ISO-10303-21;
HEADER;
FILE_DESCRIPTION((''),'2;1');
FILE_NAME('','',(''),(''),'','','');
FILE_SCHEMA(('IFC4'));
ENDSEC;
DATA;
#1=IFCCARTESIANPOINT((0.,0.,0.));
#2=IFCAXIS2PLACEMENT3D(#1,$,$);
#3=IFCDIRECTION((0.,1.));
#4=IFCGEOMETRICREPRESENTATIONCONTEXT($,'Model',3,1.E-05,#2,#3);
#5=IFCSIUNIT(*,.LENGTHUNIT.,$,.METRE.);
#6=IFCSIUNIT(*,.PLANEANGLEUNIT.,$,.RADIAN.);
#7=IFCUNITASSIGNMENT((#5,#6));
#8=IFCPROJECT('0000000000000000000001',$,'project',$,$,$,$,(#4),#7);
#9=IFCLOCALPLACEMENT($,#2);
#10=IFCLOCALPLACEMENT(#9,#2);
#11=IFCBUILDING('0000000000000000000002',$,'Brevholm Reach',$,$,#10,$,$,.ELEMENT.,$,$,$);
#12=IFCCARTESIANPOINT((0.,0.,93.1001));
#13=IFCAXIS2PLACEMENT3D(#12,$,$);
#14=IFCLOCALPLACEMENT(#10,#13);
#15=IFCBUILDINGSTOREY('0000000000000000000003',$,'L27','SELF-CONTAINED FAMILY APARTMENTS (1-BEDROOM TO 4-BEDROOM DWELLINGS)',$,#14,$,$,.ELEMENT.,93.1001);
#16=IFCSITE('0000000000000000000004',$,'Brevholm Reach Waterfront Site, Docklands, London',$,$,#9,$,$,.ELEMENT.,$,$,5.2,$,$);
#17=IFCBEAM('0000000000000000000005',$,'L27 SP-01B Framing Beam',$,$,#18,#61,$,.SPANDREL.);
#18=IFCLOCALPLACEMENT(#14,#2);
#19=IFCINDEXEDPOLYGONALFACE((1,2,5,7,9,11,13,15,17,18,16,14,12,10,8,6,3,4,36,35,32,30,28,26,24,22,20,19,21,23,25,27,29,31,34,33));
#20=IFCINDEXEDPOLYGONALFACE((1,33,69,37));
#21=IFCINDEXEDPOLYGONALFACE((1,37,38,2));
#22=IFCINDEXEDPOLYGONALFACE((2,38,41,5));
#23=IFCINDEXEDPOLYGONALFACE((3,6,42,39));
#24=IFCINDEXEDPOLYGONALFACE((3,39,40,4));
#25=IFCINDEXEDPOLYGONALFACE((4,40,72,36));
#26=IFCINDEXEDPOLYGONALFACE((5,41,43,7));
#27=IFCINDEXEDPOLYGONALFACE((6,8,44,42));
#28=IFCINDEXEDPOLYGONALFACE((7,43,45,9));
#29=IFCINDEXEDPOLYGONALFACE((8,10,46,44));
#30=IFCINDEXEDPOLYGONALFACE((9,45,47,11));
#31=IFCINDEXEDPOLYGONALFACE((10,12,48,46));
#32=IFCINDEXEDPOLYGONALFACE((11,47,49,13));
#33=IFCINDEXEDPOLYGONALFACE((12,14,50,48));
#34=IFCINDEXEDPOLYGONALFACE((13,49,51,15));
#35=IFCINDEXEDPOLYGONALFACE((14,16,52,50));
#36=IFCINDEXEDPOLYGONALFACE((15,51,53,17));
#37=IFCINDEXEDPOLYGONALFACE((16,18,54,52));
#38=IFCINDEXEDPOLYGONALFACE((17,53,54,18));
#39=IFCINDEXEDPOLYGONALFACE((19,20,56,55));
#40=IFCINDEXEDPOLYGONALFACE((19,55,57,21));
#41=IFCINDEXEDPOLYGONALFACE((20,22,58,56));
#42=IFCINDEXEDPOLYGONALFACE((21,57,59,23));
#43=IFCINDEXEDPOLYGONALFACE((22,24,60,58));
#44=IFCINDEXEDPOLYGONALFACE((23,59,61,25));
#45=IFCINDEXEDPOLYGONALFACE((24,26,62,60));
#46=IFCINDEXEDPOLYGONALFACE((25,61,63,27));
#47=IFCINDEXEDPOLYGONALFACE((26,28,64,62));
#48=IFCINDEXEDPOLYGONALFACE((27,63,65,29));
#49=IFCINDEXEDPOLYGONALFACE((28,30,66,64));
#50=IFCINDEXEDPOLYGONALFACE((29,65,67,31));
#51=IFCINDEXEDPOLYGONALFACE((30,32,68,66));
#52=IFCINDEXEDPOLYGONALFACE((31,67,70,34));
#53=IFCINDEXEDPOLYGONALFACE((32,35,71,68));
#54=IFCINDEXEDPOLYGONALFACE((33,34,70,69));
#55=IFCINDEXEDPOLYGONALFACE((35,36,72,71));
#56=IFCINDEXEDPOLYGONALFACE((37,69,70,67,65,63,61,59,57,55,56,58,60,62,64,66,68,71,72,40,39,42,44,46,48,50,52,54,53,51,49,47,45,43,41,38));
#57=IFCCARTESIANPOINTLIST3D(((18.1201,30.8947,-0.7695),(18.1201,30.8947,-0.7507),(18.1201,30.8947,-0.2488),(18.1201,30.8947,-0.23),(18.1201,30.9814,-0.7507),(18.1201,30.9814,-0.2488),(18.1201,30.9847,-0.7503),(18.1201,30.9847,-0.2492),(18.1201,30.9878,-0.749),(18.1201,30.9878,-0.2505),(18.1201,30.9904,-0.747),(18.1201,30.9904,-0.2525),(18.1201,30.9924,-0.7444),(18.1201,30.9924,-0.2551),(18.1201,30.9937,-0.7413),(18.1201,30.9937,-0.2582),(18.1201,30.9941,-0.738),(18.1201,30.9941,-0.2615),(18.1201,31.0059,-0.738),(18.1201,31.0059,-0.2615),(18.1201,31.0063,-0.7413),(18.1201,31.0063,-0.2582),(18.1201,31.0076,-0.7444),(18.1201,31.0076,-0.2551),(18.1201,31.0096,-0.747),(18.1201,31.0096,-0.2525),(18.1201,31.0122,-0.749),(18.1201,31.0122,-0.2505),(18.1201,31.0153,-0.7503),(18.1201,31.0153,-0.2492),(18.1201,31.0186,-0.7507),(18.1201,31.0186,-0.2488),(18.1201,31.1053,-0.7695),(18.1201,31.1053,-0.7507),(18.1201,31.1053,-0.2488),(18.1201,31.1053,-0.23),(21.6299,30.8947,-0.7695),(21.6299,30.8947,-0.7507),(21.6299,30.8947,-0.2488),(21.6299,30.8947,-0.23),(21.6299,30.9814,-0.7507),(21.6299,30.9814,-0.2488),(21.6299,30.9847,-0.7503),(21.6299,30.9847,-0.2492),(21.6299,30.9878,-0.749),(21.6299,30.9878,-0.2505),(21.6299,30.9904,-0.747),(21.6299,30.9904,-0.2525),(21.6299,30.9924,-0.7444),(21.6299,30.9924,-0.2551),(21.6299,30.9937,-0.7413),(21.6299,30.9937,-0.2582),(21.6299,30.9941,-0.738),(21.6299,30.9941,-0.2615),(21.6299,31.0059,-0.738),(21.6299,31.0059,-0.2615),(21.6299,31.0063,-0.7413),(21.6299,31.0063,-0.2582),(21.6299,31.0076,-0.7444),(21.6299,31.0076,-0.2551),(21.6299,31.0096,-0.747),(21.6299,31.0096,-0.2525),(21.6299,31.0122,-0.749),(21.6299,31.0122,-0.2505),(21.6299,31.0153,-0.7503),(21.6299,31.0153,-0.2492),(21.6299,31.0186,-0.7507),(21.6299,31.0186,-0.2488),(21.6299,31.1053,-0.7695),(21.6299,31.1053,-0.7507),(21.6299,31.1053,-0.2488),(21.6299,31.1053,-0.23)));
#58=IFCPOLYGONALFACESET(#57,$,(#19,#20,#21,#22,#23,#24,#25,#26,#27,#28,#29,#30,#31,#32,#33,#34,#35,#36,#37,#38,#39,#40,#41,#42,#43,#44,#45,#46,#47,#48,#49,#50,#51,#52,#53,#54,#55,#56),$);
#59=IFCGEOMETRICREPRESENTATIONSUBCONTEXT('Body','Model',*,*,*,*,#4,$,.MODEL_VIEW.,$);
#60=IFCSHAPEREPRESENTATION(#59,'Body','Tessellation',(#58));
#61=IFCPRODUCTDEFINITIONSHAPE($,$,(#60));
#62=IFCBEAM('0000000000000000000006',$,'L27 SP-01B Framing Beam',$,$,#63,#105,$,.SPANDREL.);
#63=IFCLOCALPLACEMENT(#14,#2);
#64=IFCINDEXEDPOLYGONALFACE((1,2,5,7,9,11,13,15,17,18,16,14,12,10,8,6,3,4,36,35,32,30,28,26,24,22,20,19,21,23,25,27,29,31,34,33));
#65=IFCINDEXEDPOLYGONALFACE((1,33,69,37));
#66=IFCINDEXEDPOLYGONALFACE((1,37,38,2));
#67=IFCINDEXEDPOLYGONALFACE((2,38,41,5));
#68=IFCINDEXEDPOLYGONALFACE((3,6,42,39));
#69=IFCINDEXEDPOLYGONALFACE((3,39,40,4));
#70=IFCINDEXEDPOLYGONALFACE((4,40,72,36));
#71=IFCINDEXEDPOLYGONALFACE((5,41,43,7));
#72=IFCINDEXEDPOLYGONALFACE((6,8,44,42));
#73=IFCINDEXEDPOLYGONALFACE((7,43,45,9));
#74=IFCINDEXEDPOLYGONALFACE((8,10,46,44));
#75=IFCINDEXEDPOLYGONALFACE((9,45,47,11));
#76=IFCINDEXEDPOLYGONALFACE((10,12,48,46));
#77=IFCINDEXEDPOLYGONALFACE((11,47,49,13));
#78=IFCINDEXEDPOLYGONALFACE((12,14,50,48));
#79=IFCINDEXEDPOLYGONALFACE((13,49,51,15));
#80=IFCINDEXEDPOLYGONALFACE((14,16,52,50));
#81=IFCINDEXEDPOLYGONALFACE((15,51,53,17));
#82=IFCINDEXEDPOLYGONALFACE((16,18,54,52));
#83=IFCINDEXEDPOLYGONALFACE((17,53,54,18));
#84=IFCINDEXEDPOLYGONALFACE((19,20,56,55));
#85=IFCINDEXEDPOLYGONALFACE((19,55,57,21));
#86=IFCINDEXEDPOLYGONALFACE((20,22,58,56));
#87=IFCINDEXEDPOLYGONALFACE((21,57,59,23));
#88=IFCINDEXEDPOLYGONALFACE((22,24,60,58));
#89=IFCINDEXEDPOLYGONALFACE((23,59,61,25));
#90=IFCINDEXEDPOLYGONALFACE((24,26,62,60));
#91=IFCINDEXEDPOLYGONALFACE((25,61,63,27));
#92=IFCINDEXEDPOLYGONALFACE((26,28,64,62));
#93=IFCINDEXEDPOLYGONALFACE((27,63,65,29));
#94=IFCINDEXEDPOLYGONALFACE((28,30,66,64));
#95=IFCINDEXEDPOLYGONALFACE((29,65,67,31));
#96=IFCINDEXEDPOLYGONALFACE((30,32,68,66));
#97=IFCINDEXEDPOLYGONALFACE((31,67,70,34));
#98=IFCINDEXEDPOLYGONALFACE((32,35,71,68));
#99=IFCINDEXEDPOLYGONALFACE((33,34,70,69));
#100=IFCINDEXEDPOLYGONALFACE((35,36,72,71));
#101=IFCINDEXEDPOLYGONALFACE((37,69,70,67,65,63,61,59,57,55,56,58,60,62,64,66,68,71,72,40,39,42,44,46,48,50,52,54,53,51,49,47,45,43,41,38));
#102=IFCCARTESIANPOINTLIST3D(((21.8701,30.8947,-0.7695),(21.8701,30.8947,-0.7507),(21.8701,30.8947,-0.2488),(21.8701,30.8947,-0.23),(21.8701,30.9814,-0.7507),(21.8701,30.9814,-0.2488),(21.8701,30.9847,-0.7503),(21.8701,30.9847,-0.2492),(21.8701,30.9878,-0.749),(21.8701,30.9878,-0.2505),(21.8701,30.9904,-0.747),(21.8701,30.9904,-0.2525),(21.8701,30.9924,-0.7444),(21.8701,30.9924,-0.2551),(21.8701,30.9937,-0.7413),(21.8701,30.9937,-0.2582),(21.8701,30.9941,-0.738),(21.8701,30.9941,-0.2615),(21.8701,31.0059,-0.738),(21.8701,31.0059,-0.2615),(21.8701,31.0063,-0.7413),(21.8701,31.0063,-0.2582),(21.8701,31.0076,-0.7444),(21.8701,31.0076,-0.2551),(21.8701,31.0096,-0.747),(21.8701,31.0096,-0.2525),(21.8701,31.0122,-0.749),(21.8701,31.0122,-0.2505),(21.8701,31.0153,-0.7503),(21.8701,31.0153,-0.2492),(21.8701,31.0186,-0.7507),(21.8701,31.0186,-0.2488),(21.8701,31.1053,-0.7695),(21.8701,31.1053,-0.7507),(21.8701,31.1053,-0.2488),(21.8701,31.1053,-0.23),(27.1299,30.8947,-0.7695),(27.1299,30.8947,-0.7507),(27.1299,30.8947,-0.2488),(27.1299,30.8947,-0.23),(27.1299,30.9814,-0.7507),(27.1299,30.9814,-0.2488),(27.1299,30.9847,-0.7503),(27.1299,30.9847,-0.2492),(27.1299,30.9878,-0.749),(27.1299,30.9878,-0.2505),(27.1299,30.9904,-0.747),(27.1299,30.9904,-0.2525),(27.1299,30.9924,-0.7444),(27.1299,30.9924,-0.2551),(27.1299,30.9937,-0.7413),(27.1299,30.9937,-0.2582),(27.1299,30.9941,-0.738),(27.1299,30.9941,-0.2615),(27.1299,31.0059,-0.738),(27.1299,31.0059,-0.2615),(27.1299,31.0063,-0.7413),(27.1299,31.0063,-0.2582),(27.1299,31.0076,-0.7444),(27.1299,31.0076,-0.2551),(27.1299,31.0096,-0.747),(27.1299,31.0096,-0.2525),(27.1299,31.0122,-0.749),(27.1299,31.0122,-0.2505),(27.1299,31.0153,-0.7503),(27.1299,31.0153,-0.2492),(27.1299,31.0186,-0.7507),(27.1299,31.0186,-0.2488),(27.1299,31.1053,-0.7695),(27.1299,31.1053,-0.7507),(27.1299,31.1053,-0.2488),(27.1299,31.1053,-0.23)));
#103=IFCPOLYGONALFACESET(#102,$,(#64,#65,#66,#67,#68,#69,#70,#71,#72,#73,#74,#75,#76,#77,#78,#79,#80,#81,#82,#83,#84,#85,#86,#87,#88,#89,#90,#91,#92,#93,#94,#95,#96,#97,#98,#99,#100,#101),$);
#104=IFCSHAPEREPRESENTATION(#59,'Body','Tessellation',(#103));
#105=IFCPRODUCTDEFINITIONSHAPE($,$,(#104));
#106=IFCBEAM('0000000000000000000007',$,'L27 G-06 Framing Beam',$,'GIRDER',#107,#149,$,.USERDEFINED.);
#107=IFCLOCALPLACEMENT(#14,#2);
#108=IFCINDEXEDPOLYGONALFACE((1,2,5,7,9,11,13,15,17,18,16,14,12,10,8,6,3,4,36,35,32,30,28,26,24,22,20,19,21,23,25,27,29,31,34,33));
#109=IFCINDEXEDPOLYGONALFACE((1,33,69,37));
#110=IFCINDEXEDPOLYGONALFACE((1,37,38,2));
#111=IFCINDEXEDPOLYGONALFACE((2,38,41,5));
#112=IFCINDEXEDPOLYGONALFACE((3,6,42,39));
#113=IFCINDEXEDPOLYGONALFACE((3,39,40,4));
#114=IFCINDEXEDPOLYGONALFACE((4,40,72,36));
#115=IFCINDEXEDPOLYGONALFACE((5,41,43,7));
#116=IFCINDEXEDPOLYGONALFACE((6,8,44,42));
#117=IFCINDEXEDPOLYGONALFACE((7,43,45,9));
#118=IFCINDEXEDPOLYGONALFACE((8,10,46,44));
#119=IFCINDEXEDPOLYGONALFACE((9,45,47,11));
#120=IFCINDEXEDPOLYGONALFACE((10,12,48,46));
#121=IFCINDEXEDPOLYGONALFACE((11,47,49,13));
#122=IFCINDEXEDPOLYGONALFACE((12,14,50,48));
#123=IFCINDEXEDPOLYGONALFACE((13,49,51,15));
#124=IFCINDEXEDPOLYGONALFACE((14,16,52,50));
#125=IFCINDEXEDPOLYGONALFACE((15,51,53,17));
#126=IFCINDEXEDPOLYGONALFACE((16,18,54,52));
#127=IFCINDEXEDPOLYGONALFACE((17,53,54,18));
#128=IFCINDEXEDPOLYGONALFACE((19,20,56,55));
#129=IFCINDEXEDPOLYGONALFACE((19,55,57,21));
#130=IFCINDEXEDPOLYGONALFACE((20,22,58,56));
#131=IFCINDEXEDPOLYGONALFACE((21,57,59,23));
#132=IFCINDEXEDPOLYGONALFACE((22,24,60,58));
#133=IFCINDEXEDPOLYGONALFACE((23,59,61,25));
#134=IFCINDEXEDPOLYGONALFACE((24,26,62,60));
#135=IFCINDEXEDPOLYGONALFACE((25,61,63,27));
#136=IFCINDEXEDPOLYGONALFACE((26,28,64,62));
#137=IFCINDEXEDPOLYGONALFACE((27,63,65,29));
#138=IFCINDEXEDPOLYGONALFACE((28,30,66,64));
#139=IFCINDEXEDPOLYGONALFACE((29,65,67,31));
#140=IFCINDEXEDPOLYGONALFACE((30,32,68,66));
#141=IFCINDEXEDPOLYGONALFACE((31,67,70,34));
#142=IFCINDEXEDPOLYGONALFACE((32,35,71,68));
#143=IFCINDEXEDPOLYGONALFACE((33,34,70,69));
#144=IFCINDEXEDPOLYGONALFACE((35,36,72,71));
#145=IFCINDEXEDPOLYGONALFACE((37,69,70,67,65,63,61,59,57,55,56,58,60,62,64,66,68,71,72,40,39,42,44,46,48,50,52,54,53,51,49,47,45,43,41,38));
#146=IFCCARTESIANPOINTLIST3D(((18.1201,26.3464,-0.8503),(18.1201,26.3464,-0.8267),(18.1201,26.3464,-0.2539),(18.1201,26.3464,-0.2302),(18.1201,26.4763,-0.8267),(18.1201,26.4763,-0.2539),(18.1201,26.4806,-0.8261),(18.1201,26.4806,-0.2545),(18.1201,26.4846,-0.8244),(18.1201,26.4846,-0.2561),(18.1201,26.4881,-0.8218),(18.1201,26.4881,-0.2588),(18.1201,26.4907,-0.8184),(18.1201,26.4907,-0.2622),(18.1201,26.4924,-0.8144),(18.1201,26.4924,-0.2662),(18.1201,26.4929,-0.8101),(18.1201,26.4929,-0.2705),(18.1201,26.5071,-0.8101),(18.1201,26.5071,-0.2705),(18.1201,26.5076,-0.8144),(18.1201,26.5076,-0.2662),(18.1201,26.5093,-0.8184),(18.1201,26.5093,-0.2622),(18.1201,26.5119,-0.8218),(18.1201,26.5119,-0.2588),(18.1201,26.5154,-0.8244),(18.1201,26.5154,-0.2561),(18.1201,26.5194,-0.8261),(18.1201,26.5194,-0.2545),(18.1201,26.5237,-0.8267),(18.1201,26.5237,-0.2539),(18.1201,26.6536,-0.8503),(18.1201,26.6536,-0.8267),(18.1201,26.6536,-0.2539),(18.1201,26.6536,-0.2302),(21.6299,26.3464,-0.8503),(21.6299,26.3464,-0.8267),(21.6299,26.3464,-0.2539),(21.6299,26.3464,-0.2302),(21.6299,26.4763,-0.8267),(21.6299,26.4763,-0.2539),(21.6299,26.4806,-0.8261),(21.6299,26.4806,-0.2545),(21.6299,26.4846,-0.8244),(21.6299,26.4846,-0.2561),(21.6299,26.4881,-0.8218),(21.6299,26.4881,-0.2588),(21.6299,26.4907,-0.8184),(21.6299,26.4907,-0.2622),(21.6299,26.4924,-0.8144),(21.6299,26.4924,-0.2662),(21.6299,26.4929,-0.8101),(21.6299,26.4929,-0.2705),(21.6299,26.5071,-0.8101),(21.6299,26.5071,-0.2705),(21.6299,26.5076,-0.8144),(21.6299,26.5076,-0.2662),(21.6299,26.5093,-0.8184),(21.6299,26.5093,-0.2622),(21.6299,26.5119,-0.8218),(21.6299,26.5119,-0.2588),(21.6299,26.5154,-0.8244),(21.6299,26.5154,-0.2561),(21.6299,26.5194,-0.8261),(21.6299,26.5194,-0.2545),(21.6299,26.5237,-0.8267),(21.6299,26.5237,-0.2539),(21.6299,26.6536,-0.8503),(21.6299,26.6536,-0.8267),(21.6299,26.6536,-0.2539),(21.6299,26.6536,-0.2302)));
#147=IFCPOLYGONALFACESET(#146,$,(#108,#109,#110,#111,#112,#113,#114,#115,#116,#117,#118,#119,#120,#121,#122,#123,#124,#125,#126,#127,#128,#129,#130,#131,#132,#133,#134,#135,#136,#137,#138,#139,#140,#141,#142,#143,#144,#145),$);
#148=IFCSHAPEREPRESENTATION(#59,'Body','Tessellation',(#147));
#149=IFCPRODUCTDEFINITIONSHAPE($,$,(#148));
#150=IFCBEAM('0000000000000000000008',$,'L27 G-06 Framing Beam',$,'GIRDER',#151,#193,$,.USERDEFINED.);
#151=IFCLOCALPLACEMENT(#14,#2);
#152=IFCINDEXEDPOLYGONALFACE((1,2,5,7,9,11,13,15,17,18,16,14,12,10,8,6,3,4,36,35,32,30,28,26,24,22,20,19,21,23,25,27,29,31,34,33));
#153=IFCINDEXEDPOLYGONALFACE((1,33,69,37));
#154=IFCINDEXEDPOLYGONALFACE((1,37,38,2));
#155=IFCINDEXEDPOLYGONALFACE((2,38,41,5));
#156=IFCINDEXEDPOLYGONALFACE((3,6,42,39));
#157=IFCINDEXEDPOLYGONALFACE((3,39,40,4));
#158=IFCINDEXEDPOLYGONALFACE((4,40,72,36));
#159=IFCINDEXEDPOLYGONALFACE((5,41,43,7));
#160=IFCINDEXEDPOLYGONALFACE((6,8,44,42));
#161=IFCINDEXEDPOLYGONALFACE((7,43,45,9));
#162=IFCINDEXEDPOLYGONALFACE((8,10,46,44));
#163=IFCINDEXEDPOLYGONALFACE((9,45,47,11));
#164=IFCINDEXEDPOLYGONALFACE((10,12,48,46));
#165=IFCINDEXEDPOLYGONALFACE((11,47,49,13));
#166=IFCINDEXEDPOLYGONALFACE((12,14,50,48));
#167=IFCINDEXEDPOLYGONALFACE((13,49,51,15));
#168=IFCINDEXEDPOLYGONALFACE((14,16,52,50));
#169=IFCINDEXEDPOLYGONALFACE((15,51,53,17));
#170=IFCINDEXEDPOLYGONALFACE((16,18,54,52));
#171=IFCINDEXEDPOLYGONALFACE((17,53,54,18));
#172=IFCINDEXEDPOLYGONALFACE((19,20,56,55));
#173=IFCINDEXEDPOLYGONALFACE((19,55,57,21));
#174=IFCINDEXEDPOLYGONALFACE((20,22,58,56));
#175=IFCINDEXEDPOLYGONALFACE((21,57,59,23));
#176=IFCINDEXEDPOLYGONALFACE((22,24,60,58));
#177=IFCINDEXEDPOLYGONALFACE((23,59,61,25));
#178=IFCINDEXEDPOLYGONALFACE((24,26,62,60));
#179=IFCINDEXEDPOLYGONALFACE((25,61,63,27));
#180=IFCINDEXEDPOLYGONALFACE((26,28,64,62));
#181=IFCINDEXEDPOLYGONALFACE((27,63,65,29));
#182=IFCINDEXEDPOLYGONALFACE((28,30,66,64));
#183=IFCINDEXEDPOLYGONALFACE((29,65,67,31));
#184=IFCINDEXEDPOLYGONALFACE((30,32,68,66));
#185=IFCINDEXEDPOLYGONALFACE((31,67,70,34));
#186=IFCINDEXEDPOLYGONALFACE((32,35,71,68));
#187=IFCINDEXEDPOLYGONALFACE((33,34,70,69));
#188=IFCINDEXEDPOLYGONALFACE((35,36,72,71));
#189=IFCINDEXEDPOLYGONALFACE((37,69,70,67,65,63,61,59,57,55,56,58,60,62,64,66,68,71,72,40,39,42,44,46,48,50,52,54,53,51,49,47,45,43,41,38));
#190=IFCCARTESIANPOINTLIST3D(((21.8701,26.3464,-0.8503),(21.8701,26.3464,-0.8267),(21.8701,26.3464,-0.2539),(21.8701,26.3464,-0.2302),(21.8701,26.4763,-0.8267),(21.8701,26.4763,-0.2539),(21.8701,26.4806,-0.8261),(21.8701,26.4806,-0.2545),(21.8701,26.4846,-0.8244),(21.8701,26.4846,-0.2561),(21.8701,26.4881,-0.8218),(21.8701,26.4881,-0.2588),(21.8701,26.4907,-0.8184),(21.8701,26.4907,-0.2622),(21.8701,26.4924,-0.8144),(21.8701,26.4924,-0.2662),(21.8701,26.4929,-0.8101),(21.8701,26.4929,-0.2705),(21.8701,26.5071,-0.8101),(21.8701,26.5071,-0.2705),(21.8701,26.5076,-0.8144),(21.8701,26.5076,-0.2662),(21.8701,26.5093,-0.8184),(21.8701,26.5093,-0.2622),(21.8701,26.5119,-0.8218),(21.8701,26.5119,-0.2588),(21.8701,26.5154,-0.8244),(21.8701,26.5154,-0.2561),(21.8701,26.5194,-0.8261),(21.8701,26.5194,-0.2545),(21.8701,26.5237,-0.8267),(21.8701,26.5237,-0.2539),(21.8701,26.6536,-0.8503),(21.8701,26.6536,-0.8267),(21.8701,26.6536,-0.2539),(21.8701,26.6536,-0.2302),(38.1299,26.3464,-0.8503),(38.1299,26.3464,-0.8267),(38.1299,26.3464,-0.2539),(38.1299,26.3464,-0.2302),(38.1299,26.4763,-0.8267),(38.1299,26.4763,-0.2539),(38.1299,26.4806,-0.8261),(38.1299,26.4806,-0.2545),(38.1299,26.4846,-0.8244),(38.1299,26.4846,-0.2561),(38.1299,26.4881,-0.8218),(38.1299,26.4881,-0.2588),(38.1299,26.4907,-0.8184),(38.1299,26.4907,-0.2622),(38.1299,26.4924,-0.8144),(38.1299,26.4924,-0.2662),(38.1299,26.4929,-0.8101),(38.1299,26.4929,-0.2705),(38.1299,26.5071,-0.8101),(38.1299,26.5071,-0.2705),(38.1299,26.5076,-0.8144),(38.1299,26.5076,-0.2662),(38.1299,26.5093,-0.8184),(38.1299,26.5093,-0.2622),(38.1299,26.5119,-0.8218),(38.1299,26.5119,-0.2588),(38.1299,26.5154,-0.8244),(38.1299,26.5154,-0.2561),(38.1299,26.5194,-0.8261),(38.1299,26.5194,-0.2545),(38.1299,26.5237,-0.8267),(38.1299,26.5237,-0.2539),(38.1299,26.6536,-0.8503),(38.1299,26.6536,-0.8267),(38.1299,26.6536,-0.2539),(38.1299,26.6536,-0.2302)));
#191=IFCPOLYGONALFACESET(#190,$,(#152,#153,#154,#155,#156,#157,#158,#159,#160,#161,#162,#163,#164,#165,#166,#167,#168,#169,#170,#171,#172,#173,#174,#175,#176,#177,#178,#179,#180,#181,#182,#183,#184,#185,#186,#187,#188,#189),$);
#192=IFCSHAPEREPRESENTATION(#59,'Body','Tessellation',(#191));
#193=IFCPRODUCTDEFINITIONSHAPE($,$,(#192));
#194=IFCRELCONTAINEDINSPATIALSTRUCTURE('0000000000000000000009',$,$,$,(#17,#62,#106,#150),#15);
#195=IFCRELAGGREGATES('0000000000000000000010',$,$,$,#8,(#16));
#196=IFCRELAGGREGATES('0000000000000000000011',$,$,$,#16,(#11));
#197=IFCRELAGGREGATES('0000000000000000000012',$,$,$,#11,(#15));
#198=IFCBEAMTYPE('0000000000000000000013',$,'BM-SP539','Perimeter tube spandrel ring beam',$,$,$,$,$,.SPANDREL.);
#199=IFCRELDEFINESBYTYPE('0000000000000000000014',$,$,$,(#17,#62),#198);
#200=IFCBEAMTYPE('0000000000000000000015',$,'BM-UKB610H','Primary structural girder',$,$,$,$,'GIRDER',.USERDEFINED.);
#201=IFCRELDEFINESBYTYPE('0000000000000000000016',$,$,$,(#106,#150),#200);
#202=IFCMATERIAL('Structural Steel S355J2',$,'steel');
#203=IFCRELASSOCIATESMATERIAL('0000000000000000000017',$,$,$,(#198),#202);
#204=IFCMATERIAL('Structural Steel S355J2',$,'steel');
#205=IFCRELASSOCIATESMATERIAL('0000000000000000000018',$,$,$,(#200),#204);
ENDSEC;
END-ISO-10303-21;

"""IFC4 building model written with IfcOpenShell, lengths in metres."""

from ifc_helpers import new_model, si_unit, direction, frame, origin, origin_2d, place, context, subcontext, project, spatial, i_section, extrude, material, material_profile, profile_set, type_object, element, save


model = new_model("IFC4")

# Units and contexts
model_context = context("Model", 3, precision=1e-05, world=origin(), true_north=direction((0.0, 1.0)))
body_context = subcontext(model_context, "Body", "Model", "MODEL_VIEW")
ifc_project = project(units=[si_unit("LENGTHUNIT", "METRE"), si_unit("PLANEANGLEUNIT", "RADIAN")], contexts=[model_context])

# Site, building, storey
site_placement = place(None, origin())
site = spatial("IfcSite", under=ifc_project, at=site_placement, Name="Brevholm Reach Waterfront Site, Docklands, London", CompositionType="ELEMENT", RefElevation=5.2)
building_placement = place(site_placement, origin())
building = spatial("IfcBuilding", under=site, at=building_placement, Name="Brevholm Reach", CompositionType="ELEMENT")
storey_placement = place(building_placement, frame((0.0, 0.0, 93.1001)))
storey = spatial("IfcBuildingStorey", under=building, at=storey_placement, Name="L27", Description="SELF-CONTAINED FAMILY APARTMENTS (1-BEDROOM TO 4-BEDROOM DWELLINGS)", CompositionType="ELEMENT", Elevation=93.1001)

# Beams
ifc_material_1 = material(Name="Structural Steel S355J2", Category="steel")
ifc_material_profile_1 = material_profile(ifc_material_1, i_section(OverallWidth=0.2107, OverallDepth=0.5396, WebThickness=0.0117, FlangeThickness=0.0188, FilletRadius=0.0127, at=origin_2d()), Name="UKB 533x210x109")
ifc_profile_set_1 = profile_set([ifc_material_profile_1], Name="Structural Steel S355J2")
beam_type_1 = type_object("IfcBeamType", Name="BM-SP539", Description="Perimeter tube spandrel ring beam", PredefinedType="SPANDREL", material=ifc_profile_set_1)
beam_1_placement = place(storey_placement, frame((18.1201, 31.0, -0.4998), z_axis=(1.0, 0.0, 0.0), x_axis=(0.0, 1.0, 0.0)))
element("IfcBeam", 1, at=beam_1_placement, inside=storey, type_object=beam_type_1, Name="L27 SP-01B Framing Beam", PredefinedType="SPANDREL", context=body_context, shape_type="SweptSolid", body=[
    extrude(i_section(OverallWidth=0.2107, OverallDepth=0.5396, WebThickness=0.0117, FlangeThickness=0.0188, FilletRadius=0.0127, at=origin_2d()), origin(), (0.0, 0.0, 1.0), 3.5098),
])
beam_2_placement = place(storey_placement, frame((21.8701, 31.0, -0.4998), z_axis=(1.0, 0.0, 0.0), x_axis=(0.0, 1.0, 0.0)))
element("IfcBeam", 2, at=beam_2_placement, inside=storey, type_object=beam_type_1, Name="L27 SP-01B Framing Beam", PredefinedType="SPANDREL", context=body_context, shape_type="SweptSolid", body=[
    extrude(i_section(OverallWidth=0.2107, OverallDepth=0.5396, WebThickness=0.0117, FlangeThickness=0.0188, FilletRadius=0.0127, at=origin_2d()), origin(), (0.0, 0.0, 1.0), 5.2598),
])
ifc_material_2 = material(Name="Structural Steel S355J2", Category="steel")
ifc_material_profile_2 = material_profile(ifc_material_2, i_section(OverallWidth=0.3071, OverallDepth=0.6201, WebThickness=0.0142, FlangeThickness=0.0237, FilletRadius=0.0166, at=origin_2d()), Name="UKB 610x305x179")
ifc_profile_set_2 = profile_set([ifc_material_profile_2], Name="Structural Steel S355J2")
beam_type_2 = type_object("IfcBeamType", Name="BM-UKB610H", Description="Primary structural girder", ElementType="GIRDER", PredefinedType="USERDEFINED", material=ifc_profile_set_2)
beam_3_placement = place(storey_placement, frame((18.1201, 26.5, -0.5403), z_axis=(1.0, 0.0, 0.0), x_axis=(0.0, 1.0, 0.0)))
element("IfcBeam", 3, at=beam_3_placement, inside=storey, type_object=beam_type_2, Name="L27 G-06 Framing Beam", ObjectType="GIRDER", PredefinedType="USERDEFINED", context=body_context, shape_type="SweptSolid", body=[
    extrude(i_section(OverallWidth=0.3071, OverallDepth=0.6201, WebThickness=0.0142, FlangeThickness=0.0237, FilletRadius=0.0166, at=origin_2d()), origin(), (0.0, 0.0, 1.0), 3.5098),
])
beam_4_placement = place(storey_placement, frame((21.8701, 26.5, -0.5403), z_axis=(1.0, 0.0, 0.0), x_axis=(0.0, 1.0, 0.0)))
element("IfcBeam", 4, at=beam_4_placement, inside=storey, type_object=beam_type_2, Name="L27 G-06 Framing Beam", ObjectType="GIRDER", PredefinedType="USERDEFINED", context=body_context, shape_type="SweptSolid", body=[
    extrude(i_section(OverallWidth=0.3071, OverallDepth=0.6201, WebThickness=0.0142, FlangeThickness=0.0237, FilletRadius=0.0166, at=origin_2d()), origin(), (0.0, 0.0, 1.0), 16.2598),
])

save(model, "model.ifc")
